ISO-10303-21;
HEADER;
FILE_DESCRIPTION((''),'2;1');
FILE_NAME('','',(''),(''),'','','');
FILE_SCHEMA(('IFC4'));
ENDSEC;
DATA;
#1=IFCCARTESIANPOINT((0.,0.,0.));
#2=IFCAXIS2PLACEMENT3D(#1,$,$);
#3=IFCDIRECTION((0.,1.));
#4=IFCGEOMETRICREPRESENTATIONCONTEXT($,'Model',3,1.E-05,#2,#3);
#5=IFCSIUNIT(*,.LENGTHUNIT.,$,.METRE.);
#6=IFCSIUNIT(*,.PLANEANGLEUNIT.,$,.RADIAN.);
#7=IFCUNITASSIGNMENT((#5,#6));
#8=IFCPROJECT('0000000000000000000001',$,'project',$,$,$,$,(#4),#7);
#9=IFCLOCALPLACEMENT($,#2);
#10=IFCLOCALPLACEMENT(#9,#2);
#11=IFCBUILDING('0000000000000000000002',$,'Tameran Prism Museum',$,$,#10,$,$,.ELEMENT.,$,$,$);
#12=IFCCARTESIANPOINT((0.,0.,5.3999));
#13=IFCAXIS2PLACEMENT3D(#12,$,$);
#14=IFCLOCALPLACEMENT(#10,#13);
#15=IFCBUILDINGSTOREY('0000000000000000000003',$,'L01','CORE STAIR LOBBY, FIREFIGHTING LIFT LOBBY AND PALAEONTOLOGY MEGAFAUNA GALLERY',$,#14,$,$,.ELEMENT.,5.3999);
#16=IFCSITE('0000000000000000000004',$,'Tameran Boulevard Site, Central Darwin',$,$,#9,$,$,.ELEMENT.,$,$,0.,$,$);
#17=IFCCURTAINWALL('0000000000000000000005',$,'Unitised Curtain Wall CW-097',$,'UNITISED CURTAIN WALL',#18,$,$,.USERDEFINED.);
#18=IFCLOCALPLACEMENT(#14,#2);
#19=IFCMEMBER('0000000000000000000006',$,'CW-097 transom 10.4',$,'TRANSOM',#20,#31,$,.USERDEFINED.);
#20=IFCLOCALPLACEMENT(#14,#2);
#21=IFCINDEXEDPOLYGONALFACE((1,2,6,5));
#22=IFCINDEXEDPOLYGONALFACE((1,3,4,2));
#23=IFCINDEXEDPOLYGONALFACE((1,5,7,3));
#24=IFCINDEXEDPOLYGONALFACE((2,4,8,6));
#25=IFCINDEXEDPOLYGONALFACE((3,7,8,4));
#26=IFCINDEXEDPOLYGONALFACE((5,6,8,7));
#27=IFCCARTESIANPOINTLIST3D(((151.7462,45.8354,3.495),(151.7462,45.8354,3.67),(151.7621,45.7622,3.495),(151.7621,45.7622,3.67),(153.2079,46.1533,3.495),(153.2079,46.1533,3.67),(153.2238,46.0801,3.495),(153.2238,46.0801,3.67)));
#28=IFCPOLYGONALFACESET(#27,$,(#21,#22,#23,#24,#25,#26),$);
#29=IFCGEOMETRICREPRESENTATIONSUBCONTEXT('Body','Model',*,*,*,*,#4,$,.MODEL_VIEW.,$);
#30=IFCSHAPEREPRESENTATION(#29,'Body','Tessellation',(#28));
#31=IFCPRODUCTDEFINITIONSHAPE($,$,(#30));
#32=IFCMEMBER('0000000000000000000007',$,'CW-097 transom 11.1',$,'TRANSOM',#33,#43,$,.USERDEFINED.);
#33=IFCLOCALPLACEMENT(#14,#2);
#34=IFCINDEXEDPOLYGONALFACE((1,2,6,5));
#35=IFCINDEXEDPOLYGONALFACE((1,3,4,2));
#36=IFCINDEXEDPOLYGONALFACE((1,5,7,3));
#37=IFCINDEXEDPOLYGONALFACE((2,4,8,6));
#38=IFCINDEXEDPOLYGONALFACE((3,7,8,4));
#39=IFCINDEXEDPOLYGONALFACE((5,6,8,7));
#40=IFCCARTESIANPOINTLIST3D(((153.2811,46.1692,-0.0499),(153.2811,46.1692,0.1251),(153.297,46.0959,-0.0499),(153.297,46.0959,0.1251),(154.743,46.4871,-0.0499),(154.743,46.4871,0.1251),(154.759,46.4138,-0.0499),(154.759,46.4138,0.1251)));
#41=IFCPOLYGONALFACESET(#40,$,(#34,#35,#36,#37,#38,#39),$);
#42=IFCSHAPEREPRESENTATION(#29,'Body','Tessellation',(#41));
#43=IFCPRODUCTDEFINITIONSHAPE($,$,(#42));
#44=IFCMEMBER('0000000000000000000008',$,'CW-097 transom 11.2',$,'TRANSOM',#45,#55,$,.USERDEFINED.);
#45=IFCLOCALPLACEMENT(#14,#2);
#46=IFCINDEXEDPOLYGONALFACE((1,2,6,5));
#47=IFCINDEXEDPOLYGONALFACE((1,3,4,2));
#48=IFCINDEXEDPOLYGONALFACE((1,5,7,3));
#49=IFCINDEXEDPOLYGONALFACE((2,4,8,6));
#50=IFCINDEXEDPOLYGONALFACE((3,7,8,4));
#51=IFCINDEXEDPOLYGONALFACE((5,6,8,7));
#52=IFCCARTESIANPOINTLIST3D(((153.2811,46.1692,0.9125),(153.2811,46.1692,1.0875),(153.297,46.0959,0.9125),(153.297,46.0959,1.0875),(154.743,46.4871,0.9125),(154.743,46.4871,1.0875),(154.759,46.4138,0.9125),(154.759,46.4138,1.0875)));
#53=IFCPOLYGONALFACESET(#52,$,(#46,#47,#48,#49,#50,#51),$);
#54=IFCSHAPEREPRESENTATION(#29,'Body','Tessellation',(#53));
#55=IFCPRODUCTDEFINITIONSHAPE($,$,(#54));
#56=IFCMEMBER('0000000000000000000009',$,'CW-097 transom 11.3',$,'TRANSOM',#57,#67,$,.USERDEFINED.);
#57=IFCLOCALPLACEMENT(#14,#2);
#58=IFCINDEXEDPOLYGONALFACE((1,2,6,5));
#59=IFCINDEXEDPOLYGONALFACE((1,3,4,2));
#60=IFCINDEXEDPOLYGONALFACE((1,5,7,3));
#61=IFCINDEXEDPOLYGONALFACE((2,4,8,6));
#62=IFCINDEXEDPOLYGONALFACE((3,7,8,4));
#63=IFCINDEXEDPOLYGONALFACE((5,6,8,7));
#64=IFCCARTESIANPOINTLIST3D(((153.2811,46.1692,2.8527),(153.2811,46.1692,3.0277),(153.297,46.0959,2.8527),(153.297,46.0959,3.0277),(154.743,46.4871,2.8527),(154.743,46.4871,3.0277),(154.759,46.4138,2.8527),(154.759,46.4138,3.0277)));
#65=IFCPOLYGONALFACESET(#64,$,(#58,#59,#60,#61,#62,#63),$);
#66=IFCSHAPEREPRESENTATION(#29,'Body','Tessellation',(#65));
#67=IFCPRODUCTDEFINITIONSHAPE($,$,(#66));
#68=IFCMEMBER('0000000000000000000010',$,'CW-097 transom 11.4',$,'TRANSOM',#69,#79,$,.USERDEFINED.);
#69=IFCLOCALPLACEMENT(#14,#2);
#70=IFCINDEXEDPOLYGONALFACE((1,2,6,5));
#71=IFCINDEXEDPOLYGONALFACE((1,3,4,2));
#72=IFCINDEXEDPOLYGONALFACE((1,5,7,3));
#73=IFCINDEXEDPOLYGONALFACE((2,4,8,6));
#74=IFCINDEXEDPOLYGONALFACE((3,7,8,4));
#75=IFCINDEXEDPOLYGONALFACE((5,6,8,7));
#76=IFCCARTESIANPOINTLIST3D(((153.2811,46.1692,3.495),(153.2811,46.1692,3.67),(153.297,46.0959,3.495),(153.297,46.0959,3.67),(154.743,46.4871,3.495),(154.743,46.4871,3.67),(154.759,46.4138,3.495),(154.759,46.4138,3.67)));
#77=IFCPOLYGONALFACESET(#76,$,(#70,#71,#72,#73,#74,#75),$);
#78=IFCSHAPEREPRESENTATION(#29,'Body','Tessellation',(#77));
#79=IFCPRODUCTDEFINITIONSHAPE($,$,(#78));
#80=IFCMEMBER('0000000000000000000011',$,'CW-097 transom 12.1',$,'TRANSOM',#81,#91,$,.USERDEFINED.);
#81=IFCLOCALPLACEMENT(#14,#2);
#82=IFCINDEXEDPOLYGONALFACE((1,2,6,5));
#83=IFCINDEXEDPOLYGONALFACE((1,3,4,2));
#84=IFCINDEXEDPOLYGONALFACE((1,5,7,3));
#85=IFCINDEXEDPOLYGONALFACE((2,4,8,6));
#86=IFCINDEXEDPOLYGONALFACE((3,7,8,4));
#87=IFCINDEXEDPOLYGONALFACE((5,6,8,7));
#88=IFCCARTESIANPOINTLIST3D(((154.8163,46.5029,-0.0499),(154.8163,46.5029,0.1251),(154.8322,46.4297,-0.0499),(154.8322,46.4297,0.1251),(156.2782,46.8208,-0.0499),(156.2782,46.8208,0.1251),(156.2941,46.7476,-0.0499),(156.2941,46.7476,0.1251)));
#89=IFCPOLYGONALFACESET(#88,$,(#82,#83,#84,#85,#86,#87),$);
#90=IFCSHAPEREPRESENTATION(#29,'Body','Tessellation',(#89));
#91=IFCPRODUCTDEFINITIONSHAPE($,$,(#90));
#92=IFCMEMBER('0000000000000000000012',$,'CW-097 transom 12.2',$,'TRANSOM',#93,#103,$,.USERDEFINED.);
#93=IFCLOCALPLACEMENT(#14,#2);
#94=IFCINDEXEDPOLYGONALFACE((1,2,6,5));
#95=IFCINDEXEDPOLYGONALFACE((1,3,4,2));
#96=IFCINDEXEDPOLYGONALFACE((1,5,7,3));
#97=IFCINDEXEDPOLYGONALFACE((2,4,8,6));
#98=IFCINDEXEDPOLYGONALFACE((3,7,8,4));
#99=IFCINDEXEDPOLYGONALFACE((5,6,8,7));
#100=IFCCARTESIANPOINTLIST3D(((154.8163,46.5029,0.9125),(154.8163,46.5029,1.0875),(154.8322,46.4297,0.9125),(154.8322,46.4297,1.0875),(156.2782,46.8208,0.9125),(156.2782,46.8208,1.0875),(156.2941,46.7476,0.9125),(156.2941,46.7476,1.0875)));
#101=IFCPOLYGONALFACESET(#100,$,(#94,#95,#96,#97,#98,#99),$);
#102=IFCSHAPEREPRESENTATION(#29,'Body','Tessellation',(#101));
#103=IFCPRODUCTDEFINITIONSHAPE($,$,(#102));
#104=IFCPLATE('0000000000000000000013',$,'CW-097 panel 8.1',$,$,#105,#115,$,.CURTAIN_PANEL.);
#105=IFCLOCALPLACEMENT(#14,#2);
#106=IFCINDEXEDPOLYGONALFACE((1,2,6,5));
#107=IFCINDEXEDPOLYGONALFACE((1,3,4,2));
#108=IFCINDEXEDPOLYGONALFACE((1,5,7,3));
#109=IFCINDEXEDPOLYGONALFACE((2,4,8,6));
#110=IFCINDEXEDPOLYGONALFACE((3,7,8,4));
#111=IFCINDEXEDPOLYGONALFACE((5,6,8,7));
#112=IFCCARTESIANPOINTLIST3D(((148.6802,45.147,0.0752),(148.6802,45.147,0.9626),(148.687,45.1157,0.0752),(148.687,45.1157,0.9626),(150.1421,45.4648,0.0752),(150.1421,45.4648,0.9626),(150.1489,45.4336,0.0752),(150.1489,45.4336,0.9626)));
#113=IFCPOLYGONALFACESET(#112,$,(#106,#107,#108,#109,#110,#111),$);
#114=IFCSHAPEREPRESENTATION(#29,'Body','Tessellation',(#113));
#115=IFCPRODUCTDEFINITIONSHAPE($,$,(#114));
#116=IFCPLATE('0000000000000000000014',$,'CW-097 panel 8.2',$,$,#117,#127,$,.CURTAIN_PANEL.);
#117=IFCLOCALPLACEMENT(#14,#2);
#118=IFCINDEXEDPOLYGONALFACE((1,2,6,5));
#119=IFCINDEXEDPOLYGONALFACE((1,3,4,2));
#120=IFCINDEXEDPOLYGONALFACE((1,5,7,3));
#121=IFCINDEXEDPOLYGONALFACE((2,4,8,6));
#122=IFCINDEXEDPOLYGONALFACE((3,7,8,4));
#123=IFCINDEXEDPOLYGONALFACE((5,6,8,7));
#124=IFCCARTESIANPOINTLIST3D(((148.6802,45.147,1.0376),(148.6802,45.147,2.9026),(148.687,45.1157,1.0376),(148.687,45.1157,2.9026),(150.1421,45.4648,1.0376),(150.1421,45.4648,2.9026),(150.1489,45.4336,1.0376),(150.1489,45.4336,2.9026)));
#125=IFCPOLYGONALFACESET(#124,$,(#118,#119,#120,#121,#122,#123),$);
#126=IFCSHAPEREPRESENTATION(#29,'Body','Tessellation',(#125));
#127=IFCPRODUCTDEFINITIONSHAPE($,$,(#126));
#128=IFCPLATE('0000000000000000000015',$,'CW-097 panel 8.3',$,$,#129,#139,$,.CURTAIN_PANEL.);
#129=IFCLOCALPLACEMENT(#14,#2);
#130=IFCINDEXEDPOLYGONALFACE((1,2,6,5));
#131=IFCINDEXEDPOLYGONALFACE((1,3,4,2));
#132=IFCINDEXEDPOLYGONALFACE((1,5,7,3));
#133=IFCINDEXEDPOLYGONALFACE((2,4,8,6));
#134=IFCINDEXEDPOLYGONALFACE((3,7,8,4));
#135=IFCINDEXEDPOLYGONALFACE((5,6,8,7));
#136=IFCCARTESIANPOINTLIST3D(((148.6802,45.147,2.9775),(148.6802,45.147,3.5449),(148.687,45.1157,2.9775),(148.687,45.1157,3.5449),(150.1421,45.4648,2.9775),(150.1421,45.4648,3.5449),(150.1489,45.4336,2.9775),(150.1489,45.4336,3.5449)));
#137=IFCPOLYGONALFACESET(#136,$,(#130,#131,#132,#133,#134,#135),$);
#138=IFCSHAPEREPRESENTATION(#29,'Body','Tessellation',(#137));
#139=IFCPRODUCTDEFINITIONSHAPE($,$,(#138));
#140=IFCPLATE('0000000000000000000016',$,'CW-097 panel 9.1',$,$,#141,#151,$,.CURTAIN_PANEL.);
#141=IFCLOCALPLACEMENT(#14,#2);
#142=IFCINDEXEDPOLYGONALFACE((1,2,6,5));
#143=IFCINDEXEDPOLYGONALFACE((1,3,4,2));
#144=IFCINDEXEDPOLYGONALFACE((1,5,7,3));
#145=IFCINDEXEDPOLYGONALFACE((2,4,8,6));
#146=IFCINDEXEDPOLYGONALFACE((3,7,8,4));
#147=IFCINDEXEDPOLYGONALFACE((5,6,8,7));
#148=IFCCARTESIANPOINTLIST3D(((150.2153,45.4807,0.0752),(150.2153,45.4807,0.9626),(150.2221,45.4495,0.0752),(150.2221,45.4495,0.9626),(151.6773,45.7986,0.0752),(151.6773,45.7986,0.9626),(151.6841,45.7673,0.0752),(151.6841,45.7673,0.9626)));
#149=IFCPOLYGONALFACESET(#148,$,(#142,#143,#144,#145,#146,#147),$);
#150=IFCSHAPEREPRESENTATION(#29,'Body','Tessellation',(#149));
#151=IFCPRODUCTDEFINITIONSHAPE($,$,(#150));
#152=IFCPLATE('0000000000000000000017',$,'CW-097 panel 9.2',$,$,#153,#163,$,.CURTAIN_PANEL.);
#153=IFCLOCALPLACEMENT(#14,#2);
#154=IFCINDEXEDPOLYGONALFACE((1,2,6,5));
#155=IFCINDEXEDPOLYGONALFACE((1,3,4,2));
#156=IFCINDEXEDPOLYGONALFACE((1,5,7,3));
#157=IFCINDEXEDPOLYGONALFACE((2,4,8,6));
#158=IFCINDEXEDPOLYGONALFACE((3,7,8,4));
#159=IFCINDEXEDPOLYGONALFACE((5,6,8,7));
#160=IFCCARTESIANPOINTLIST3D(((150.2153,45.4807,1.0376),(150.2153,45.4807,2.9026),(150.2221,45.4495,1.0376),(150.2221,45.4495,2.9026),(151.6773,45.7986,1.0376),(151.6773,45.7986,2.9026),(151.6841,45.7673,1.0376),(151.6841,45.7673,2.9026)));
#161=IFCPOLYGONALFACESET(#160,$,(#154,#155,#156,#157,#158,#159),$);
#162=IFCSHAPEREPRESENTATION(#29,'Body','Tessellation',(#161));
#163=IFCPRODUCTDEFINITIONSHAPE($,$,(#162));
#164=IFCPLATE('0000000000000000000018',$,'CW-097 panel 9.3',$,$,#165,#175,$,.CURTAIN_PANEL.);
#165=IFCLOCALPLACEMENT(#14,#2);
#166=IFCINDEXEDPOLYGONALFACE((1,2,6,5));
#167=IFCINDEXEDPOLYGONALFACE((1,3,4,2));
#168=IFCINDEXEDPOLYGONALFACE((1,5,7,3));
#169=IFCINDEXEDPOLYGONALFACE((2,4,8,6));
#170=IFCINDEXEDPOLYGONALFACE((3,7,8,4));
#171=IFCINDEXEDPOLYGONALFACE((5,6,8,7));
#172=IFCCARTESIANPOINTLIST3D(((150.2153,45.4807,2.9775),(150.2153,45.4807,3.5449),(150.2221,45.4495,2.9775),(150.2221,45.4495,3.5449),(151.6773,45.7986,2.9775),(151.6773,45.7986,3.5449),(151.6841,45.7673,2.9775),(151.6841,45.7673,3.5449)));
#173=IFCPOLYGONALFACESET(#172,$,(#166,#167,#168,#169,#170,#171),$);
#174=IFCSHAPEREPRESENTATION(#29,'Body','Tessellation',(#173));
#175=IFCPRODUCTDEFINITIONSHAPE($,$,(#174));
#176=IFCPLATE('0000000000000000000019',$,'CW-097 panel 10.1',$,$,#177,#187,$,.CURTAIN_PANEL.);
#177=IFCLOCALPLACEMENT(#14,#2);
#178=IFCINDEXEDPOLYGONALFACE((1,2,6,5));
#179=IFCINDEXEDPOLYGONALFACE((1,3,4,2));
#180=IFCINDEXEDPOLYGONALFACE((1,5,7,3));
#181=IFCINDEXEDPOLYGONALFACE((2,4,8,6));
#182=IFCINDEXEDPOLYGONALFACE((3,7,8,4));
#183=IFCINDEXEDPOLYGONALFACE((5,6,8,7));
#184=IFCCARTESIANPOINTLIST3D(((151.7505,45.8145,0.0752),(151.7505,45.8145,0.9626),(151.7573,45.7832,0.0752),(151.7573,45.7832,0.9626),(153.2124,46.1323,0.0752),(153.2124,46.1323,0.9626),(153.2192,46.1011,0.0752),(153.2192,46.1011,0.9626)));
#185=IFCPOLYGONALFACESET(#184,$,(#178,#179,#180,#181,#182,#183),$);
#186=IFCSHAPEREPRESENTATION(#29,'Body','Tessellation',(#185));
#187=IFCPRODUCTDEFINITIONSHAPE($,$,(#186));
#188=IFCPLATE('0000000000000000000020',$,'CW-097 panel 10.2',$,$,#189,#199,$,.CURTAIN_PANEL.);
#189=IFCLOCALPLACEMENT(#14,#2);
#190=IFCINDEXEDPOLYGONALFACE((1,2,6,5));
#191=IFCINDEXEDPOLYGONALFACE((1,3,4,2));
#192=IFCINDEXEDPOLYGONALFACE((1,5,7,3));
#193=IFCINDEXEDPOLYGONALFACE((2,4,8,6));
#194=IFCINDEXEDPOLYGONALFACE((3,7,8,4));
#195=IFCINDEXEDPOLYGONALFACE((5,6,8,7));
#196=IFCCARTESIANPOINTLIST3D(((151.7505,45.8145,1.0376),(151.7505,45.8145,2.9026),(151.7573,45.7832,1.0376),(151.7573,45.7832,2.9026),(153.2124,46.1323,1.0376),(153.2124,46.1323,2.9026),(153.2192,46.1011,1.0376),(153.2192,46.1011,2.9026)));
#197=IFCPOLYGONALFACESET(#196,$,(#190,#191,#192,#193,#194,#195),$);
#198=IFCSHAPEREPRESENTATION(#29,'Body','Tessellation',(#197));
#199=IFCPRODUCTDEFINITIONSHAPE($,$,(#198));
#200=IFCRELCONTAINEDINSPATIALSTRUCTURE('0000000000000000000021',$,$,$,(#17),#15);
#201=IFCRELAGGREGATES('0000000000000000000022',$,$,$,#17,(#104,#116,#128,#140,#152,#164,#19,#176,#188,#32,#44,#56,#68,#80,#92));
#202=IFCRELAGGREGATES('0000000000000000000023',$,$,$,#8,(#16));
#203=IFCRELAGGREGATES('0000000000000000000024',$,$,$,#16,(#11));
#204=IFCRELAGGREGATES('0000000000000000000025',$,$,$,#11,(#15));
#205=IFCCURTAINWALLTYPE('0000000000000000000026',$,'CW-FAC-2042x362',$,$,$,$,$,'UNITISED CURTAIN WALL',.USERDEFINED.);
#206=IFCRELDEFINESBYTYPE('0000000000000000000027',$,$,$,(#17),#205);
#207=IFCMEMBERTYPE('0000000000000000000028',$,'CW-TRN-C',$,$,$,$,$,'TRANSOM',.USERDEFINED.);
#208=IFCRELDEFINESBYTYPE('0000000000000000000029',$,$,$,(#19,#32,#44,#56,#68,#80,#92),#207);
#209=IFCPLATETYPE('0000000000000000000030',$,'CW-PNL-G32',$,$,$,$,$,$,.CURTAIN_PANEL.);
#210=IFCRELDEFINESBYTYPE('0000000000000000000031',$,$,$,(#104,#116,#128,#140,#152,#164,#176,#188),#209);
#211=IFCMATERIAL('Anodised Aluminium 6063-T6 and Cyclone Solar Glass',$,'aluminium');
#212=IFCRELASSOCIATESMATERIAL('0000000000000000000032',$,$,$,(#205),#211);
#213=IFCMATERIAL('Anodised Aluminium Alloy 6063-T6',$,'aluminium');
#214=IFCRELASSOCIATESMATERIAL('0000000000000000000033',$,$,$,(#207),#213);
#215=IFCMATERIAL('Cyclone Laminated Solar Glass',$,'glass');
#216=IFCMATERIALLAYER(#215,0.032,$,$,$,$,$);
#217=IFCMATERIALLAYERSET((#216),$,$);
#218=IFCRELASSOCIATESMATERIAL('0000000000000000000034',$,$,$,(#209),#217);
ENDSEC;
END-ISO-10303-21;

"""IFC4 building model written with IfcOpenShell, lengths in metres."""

from ifc_helpers import new_model, si_unit, direction, frame, origin, origin_2d, place, context, subcontext, project, spatial, rectangle, extrude, material, layer, layer_set, material_profile, profile_set, type_object, element, aggregate, save


model = new_model("IFC4")

# Units and contexts
model_context = context("Model", 3, precision=1e-05, world=origin(), true_north=direction((0.0, 1.0)))
body_context = subcontext(model_context, "Body", "Model", "MODEL_VIEW")
ifc_project = project(units=[si_unit("LENGTHUNIT", "METRE"), si_unit("PLANEANGLEUNIT", "RADIAN")], contexts=[model_context])

# Site, building, storey
site_placement = place(None, origin())
site = spatial("IfcSite", under=ifc_project, at=site_placement, Name="Tameran Boulevard Site, Central Darwin", CompositionType="ELEMENT", RefElevation=0.0)
building_placement = place(site_placement, origin())
building = spatial("IfcBuilding", under=site, at=building_placement, Name="Tameran Prism Museum", CompositionType="ELEMENT")
storey_placement = place(building_placement, frame((0.0, 0.0, 5.3999)))
storey = spatial("IfcBuildingStorey", under=building, at=storey_placement, Name="L01", Description="CORE STAIR LOBBY, FIREFIGHTING LIFT LOBBY AND PALAEONTOLOGY MEGAFAUNA GALLERY", CompositionType="ELEMENT", Elevation=5.3999)

# Curtain wall, members, plates
ifc_material_1 = material(Name="Anodised Aluminium 6063-T6 and Cyclone Solar Glass", Category="aluminium")
curtain_wall_type = type_object("IfcCurtainWallType", Name="CW-FAC-2042x362", ElementType="UNITISED CURTAIN WALL", PredefinedType="USERDEFINED", material=ifc_material_1)
curtain_wall_placement = place(storey_placement, origin())
curtain_wall = element("IfcCurtainWall", 1, at=curtain_wall_placement, inside=storey, type_object=curtain_wall_type, Name="Unitised Curtain Wall CW-097", ObjectType="UNITISED CURTAIN WALL", PredefinedType="USERDEFINED")
ifc_material_2 = material(Name="Anodised Aluminium Alloy 6063-T6", Category="aluminium")
ifc_material_profile_1 = material_profile(ifc_material_2, rectangle(XDim=0.075, YDim=0.175, at=origin_2d()))
ifc_profile_set_1 = profile_set([ifc_material_profile_1])
member_type_1 = type_object("IfcMemberType", Name="CW-TRN-C", ElementType="TRANSOM", PredefinedType="USERDEFINED", material=ifc_profile_set_1)
member_1_placement = place(storey_placement, frame((151.7542, 45.7988, 3.5825), z_axis=(0.97716, 0.212504, 0.0), x_axis=(-0.212504, 0.97716, 0.0)))
member_1 = element("IfcMember", 2, at=member_1_placement, type_object=member_type_1, Name="CW-097 transom 10.4", ObjectType="TRANSOM", PredefinedType="USERDEFINED", context=body_context, shape_type="SweptSolid", body=[
    extrude(rectangle(XDim=0.075, YDim=0.175, at=origin_2d()), origin(), (0.0, 0.0, 1.0), 1.4958),
])
member_2_placement = place(storey_placement, frame((153.2891, 46.1326, 0.0376), z_axis=(0.977168, 0.21247, 0.0), x_axis=(-0.21247, 0.977168, 0.0)))
member_2 = element("IfcMember", 3, at=member_2_placement, type_object=member_type_1, Name="CW-097 transom 11.1", ObjectType="TRANSOM", PredefinedType="USERDEFINED", context=body_context, shape_type="SweptSolid", body=[
    extrude(rectangle(XDim=0.075, YDim=0.175, at=origin_2d()), origin(), (0.0, 0.0, 1.0), 1.4961),
])
member_3_placement = place(storey_placement, frame((153.2891, 46.1326, 1.0), z_axis=(0.977168, 0.21247, 0.0), x_axis=(-0.21247, 0.977168, 0.0)))
member_3 = element("IfcMember", 4, at=member_3_placement, type_object=member_type_1, Name="CW-097 transom 11.2", ObjectType="TRANSOM", PredefinedType="USERDEFINED", context=body_context, shape_type="SweptSolid", body=[
    extrude(rectangle(XDim=0.075, YDim=0.175, at=origin_2d()), origin(), (0.0, 0.0, 1.0), 1.4961),
])
member_4_placement = place(storey_placement, frame((153.2891, 46.1326, 2.9402), z_axis=(0.977168, 0.21247, 0.0), x_axis=(-0.21247, 0.977168, 0.0)))
member_4 = element("IfcMember", 5, at=member_4_placement, type_object=member_type_1, Name="CW-097 transom 11.3", ObjectType="TRANSOM", PredefinedType="USERDEFINED", context=body_context, shape_type="SweptSolid", body=[
    extrude(rectangle(XDim=0.075, YDim=0.175, at=origin_2d()), origin(), (0.0, 0.0, 1.0), 1.4961),
])
member_5_placement = place(storey_placement, frame((153.2891, 46.1326, 3.5825), z_axis=(0.977168, 0.21247, 0.0), x_axis=(-0.21247, 0.977168, 0.0)))
member_5 = element("IfcMember", 6, at=member_5_placement, type_object=member_type_1, Name="CW-097 transom 11.4", ObjectType="TRANSOM", PredefinedType="USERDEFINED", context=body_context, shape_type="SweptSolid", body=[
    extrude(rectangle(XDim=0.075, YDim=0.175, at=origin_2d()), origin(), (0.0, 0.0, 1.0), 1.4961),
])
member_6_placement = place(storey_placement, frame((154.8242, 46.4663, 0.0376), z_axis=(0.977168, 0.21247, 0.0), x_axis=(-0.21247, 0.977168, 0.0)))
member_6 = element("IfcMember", 7, at=member_6_placement, type_object=member_type_1, Name="CW-097 transom 12.1", ObjectType="TRANSOM", PredefinedType="USERDEFINED", context=body_context, shape_type="SweptSolid", body=[
    extrude(rectangle(XDim=0.075, YDim=0.175, at=origin_2d()), origin(), (0.0, 0.0, 1.0), 1.4961),
])
member_7_placement = place(storey_placement, frame((154.8242, 46.4663, 1.0), z_axis=(0.977168, 0.21247, 0.0), x_axis=(-0.21247, 0.977168, 0.0)))
member_7 = element("IfcMember", 8, at=member_7_placement, type_object=member_type_1, Name="CW-097 transom 12.2", ObjectType="TRANSOM", PredefinedType="USERDEFINED", context=body_context, shape_type="SweptSolid", body=[
    extrude(rectangle(XDim=0.075, YDim=0.175, at=origin_2d()), origin(), (0.0, 0.0, 1.0), 1.4961),
])
ifc_material_3 = material(Name="Cyclone Laminated Solar Glass", Category="glass")
ifc_layer = layer(ifc_material_3, 0.032)
ifc_layer_set = layer_set([ifc_layer])
plate_type = type_object("IfcPlateType", Name="CW-PNL-G32", PredefinedType="CURTAIN_PANEL", material=ifc_layer_set)
plate_1_placement = place(storey_placement, frame((149.4146, 45.2903, 0.0752), z_axis=(0.0, 0.0, 1.0), x_axis=(0.977171, 0.212454, 0.0)))
plate_1 = element("IfcPlate", 9, at=plate_1_placement, type_object=plate_type, Name="CW-097 panel 8.1", PredefinedType="CURTAIN_PANEL", context=body_context, shape_type="SweptSolid", body=[
    extrude(rectangle(XDim=1.4961, YDim=0.032, at=origin_2d()), origin(), (0.0, 0.0, 1.0), 0.8875),
])
plate_2_placement = place(storey_placement, frame((149.4146, 45.2903, 1.0376), z_axis=(0.0, 0.0, 1.0), x_axis=(0.977171, 0.212454, 0.0)))
plate_2 = element("IfcPlate", 10, at=plate_2_placement, type_object=plate_type, Name="CW-097 panel 8.2", PredefinedType="CURTAIN_PANEL", context=body_context, shape_type="SweptSolid", body=[
    extrude(rectangle(XDim=1.4961, YDim=0.032, at=origin_2d()), origin(), (0.0, 0.0, 1.0), 1.865),
])
plate_3_placement = place(storey_placement, frame((149.4146, 45.2903, 2.9775), z_axis=(0.0, 0.0, 1.0), x_axis=(0.977171, 0.212454, 0.0)))
plate_3 = element("IfcPlate", 11, at=plate_3_placement, type_object=plate_type, Name="CW-097 panel 8.3", PredefinedType="CURTAIN_PANEL", context=body_context, shape_type="SweptSolid", body=[
    extrude(rectangle(XDim=1.4961, YDim=0.032, at=origin_2d()), origin(), (0.0, 0.0, 1.0), 0.5674),
])
plate_4_placement = place(storey_placement, frame((150.9497, 45.624, 0.0752), z_axis=(0.0, 0.0, 1.0), x_axis=(0.977171, 0.212454, 0.0)))
plate_4 = element("IfcPlate", 12, at=plate_4_placement, type_object=plate_type, Name="CW-097 panel 9.1", PredefinedType="CURTAIN_PANEL", context=body_context, shape_type="SweptSolid", body=[
    extrude(rectangle(XDim=1.4961, YDim=0.032, at=origin_2d()), origin(), (0.0, 0.0, 1.0), 0.8875),
])
plate_5_placement = place(storey_placement, frame((150.9497, 45.624, 1.0376), z_axis=(0.0, 0.0, 1.0), x_axis=(0.977171, 0.212454, 0.0)))
plate_5 = element("IfcPlate", 13, at=plate_5_placement, type_object=plate_type, Name="CW-097 panel 9.2", PredefinedType="CURTAIN_PANEL", context=body_context, shape_type="SweptSolid", body=[
    extrude(rectangle(XDim=1.4961, YDim=0.032, at=origin_2d()), origin(), (0.0, 0.0, 1.0), 1.865),
])
plate_6_placement = place(storey_placement, frame((150.9497, 45.624, 2.9775), z_axis=(0.0, 0.0, 1.0), x_axis=(0.977171, 0.212454, 0.0)))
plate_6 = element("IfcPlate", 14, at=plate_6_placement, type_object=plate_type, Name="CW-097 panel 9.3", PredefinedType="CURTAIN_PANEL", context=body_context, shape_type="SweptSolid", body=[
    extrude(rectangle(XDim=1.4961, YDim=0.032, at=origin_2d()), origin(), (0.0, 0.0, 1.0), 0.5674),
])
plate_7_placement = place(storey_placement, frame((152.4849, 45.9578, 0.0752), z_axis=(0.0, 0.0, 1.0), x_axis=(0.977171, 0.212454, 0.0)))
plate_7 = element("IfcPlate", 15, at=plate_7_placement, type_object=plate_type, Name="CW-097 panel 10.1", PredefinedType="CURTAIN_PANEL", context=body_context, shape_type="SweptSolid", body=[
    extrude(rectangle(XDim=1.4961, YDim=0.032, at=origin_2d()), origin(), (0.0, 0.0, 1.0), 0.8875),
])
plate_8_placement = place(storey_placement, frame((152.4849, 45.9578, 1.0376), z_axis=(0.0, 0.0, 1.0), x_axis=(0.977171, 0.212454, 0.0)))
plate_8 = element("IfcPlate", 16, at=plate_8_placement, type_object=plate_type, Name="CW-097 panel 10.2", PredefinedType="CURTAIN_PANEL", context=body_context, shape_type="SweptSolid", body=[
    extrude(rectangle(XDim=1.4961, YDim=0.032, at=origin_2d()), origin(), (0.0, 0.0, 1.0), 1.865),
])
aggregate(curtain_wall, [plate_1, plate_2, plate_3, plate_4, plate_5, plate_6, member_1, plate_7, plate_8, member_2, member_3, member_4, member_5, member_6, member_7])

save(model, "model.ifc")
